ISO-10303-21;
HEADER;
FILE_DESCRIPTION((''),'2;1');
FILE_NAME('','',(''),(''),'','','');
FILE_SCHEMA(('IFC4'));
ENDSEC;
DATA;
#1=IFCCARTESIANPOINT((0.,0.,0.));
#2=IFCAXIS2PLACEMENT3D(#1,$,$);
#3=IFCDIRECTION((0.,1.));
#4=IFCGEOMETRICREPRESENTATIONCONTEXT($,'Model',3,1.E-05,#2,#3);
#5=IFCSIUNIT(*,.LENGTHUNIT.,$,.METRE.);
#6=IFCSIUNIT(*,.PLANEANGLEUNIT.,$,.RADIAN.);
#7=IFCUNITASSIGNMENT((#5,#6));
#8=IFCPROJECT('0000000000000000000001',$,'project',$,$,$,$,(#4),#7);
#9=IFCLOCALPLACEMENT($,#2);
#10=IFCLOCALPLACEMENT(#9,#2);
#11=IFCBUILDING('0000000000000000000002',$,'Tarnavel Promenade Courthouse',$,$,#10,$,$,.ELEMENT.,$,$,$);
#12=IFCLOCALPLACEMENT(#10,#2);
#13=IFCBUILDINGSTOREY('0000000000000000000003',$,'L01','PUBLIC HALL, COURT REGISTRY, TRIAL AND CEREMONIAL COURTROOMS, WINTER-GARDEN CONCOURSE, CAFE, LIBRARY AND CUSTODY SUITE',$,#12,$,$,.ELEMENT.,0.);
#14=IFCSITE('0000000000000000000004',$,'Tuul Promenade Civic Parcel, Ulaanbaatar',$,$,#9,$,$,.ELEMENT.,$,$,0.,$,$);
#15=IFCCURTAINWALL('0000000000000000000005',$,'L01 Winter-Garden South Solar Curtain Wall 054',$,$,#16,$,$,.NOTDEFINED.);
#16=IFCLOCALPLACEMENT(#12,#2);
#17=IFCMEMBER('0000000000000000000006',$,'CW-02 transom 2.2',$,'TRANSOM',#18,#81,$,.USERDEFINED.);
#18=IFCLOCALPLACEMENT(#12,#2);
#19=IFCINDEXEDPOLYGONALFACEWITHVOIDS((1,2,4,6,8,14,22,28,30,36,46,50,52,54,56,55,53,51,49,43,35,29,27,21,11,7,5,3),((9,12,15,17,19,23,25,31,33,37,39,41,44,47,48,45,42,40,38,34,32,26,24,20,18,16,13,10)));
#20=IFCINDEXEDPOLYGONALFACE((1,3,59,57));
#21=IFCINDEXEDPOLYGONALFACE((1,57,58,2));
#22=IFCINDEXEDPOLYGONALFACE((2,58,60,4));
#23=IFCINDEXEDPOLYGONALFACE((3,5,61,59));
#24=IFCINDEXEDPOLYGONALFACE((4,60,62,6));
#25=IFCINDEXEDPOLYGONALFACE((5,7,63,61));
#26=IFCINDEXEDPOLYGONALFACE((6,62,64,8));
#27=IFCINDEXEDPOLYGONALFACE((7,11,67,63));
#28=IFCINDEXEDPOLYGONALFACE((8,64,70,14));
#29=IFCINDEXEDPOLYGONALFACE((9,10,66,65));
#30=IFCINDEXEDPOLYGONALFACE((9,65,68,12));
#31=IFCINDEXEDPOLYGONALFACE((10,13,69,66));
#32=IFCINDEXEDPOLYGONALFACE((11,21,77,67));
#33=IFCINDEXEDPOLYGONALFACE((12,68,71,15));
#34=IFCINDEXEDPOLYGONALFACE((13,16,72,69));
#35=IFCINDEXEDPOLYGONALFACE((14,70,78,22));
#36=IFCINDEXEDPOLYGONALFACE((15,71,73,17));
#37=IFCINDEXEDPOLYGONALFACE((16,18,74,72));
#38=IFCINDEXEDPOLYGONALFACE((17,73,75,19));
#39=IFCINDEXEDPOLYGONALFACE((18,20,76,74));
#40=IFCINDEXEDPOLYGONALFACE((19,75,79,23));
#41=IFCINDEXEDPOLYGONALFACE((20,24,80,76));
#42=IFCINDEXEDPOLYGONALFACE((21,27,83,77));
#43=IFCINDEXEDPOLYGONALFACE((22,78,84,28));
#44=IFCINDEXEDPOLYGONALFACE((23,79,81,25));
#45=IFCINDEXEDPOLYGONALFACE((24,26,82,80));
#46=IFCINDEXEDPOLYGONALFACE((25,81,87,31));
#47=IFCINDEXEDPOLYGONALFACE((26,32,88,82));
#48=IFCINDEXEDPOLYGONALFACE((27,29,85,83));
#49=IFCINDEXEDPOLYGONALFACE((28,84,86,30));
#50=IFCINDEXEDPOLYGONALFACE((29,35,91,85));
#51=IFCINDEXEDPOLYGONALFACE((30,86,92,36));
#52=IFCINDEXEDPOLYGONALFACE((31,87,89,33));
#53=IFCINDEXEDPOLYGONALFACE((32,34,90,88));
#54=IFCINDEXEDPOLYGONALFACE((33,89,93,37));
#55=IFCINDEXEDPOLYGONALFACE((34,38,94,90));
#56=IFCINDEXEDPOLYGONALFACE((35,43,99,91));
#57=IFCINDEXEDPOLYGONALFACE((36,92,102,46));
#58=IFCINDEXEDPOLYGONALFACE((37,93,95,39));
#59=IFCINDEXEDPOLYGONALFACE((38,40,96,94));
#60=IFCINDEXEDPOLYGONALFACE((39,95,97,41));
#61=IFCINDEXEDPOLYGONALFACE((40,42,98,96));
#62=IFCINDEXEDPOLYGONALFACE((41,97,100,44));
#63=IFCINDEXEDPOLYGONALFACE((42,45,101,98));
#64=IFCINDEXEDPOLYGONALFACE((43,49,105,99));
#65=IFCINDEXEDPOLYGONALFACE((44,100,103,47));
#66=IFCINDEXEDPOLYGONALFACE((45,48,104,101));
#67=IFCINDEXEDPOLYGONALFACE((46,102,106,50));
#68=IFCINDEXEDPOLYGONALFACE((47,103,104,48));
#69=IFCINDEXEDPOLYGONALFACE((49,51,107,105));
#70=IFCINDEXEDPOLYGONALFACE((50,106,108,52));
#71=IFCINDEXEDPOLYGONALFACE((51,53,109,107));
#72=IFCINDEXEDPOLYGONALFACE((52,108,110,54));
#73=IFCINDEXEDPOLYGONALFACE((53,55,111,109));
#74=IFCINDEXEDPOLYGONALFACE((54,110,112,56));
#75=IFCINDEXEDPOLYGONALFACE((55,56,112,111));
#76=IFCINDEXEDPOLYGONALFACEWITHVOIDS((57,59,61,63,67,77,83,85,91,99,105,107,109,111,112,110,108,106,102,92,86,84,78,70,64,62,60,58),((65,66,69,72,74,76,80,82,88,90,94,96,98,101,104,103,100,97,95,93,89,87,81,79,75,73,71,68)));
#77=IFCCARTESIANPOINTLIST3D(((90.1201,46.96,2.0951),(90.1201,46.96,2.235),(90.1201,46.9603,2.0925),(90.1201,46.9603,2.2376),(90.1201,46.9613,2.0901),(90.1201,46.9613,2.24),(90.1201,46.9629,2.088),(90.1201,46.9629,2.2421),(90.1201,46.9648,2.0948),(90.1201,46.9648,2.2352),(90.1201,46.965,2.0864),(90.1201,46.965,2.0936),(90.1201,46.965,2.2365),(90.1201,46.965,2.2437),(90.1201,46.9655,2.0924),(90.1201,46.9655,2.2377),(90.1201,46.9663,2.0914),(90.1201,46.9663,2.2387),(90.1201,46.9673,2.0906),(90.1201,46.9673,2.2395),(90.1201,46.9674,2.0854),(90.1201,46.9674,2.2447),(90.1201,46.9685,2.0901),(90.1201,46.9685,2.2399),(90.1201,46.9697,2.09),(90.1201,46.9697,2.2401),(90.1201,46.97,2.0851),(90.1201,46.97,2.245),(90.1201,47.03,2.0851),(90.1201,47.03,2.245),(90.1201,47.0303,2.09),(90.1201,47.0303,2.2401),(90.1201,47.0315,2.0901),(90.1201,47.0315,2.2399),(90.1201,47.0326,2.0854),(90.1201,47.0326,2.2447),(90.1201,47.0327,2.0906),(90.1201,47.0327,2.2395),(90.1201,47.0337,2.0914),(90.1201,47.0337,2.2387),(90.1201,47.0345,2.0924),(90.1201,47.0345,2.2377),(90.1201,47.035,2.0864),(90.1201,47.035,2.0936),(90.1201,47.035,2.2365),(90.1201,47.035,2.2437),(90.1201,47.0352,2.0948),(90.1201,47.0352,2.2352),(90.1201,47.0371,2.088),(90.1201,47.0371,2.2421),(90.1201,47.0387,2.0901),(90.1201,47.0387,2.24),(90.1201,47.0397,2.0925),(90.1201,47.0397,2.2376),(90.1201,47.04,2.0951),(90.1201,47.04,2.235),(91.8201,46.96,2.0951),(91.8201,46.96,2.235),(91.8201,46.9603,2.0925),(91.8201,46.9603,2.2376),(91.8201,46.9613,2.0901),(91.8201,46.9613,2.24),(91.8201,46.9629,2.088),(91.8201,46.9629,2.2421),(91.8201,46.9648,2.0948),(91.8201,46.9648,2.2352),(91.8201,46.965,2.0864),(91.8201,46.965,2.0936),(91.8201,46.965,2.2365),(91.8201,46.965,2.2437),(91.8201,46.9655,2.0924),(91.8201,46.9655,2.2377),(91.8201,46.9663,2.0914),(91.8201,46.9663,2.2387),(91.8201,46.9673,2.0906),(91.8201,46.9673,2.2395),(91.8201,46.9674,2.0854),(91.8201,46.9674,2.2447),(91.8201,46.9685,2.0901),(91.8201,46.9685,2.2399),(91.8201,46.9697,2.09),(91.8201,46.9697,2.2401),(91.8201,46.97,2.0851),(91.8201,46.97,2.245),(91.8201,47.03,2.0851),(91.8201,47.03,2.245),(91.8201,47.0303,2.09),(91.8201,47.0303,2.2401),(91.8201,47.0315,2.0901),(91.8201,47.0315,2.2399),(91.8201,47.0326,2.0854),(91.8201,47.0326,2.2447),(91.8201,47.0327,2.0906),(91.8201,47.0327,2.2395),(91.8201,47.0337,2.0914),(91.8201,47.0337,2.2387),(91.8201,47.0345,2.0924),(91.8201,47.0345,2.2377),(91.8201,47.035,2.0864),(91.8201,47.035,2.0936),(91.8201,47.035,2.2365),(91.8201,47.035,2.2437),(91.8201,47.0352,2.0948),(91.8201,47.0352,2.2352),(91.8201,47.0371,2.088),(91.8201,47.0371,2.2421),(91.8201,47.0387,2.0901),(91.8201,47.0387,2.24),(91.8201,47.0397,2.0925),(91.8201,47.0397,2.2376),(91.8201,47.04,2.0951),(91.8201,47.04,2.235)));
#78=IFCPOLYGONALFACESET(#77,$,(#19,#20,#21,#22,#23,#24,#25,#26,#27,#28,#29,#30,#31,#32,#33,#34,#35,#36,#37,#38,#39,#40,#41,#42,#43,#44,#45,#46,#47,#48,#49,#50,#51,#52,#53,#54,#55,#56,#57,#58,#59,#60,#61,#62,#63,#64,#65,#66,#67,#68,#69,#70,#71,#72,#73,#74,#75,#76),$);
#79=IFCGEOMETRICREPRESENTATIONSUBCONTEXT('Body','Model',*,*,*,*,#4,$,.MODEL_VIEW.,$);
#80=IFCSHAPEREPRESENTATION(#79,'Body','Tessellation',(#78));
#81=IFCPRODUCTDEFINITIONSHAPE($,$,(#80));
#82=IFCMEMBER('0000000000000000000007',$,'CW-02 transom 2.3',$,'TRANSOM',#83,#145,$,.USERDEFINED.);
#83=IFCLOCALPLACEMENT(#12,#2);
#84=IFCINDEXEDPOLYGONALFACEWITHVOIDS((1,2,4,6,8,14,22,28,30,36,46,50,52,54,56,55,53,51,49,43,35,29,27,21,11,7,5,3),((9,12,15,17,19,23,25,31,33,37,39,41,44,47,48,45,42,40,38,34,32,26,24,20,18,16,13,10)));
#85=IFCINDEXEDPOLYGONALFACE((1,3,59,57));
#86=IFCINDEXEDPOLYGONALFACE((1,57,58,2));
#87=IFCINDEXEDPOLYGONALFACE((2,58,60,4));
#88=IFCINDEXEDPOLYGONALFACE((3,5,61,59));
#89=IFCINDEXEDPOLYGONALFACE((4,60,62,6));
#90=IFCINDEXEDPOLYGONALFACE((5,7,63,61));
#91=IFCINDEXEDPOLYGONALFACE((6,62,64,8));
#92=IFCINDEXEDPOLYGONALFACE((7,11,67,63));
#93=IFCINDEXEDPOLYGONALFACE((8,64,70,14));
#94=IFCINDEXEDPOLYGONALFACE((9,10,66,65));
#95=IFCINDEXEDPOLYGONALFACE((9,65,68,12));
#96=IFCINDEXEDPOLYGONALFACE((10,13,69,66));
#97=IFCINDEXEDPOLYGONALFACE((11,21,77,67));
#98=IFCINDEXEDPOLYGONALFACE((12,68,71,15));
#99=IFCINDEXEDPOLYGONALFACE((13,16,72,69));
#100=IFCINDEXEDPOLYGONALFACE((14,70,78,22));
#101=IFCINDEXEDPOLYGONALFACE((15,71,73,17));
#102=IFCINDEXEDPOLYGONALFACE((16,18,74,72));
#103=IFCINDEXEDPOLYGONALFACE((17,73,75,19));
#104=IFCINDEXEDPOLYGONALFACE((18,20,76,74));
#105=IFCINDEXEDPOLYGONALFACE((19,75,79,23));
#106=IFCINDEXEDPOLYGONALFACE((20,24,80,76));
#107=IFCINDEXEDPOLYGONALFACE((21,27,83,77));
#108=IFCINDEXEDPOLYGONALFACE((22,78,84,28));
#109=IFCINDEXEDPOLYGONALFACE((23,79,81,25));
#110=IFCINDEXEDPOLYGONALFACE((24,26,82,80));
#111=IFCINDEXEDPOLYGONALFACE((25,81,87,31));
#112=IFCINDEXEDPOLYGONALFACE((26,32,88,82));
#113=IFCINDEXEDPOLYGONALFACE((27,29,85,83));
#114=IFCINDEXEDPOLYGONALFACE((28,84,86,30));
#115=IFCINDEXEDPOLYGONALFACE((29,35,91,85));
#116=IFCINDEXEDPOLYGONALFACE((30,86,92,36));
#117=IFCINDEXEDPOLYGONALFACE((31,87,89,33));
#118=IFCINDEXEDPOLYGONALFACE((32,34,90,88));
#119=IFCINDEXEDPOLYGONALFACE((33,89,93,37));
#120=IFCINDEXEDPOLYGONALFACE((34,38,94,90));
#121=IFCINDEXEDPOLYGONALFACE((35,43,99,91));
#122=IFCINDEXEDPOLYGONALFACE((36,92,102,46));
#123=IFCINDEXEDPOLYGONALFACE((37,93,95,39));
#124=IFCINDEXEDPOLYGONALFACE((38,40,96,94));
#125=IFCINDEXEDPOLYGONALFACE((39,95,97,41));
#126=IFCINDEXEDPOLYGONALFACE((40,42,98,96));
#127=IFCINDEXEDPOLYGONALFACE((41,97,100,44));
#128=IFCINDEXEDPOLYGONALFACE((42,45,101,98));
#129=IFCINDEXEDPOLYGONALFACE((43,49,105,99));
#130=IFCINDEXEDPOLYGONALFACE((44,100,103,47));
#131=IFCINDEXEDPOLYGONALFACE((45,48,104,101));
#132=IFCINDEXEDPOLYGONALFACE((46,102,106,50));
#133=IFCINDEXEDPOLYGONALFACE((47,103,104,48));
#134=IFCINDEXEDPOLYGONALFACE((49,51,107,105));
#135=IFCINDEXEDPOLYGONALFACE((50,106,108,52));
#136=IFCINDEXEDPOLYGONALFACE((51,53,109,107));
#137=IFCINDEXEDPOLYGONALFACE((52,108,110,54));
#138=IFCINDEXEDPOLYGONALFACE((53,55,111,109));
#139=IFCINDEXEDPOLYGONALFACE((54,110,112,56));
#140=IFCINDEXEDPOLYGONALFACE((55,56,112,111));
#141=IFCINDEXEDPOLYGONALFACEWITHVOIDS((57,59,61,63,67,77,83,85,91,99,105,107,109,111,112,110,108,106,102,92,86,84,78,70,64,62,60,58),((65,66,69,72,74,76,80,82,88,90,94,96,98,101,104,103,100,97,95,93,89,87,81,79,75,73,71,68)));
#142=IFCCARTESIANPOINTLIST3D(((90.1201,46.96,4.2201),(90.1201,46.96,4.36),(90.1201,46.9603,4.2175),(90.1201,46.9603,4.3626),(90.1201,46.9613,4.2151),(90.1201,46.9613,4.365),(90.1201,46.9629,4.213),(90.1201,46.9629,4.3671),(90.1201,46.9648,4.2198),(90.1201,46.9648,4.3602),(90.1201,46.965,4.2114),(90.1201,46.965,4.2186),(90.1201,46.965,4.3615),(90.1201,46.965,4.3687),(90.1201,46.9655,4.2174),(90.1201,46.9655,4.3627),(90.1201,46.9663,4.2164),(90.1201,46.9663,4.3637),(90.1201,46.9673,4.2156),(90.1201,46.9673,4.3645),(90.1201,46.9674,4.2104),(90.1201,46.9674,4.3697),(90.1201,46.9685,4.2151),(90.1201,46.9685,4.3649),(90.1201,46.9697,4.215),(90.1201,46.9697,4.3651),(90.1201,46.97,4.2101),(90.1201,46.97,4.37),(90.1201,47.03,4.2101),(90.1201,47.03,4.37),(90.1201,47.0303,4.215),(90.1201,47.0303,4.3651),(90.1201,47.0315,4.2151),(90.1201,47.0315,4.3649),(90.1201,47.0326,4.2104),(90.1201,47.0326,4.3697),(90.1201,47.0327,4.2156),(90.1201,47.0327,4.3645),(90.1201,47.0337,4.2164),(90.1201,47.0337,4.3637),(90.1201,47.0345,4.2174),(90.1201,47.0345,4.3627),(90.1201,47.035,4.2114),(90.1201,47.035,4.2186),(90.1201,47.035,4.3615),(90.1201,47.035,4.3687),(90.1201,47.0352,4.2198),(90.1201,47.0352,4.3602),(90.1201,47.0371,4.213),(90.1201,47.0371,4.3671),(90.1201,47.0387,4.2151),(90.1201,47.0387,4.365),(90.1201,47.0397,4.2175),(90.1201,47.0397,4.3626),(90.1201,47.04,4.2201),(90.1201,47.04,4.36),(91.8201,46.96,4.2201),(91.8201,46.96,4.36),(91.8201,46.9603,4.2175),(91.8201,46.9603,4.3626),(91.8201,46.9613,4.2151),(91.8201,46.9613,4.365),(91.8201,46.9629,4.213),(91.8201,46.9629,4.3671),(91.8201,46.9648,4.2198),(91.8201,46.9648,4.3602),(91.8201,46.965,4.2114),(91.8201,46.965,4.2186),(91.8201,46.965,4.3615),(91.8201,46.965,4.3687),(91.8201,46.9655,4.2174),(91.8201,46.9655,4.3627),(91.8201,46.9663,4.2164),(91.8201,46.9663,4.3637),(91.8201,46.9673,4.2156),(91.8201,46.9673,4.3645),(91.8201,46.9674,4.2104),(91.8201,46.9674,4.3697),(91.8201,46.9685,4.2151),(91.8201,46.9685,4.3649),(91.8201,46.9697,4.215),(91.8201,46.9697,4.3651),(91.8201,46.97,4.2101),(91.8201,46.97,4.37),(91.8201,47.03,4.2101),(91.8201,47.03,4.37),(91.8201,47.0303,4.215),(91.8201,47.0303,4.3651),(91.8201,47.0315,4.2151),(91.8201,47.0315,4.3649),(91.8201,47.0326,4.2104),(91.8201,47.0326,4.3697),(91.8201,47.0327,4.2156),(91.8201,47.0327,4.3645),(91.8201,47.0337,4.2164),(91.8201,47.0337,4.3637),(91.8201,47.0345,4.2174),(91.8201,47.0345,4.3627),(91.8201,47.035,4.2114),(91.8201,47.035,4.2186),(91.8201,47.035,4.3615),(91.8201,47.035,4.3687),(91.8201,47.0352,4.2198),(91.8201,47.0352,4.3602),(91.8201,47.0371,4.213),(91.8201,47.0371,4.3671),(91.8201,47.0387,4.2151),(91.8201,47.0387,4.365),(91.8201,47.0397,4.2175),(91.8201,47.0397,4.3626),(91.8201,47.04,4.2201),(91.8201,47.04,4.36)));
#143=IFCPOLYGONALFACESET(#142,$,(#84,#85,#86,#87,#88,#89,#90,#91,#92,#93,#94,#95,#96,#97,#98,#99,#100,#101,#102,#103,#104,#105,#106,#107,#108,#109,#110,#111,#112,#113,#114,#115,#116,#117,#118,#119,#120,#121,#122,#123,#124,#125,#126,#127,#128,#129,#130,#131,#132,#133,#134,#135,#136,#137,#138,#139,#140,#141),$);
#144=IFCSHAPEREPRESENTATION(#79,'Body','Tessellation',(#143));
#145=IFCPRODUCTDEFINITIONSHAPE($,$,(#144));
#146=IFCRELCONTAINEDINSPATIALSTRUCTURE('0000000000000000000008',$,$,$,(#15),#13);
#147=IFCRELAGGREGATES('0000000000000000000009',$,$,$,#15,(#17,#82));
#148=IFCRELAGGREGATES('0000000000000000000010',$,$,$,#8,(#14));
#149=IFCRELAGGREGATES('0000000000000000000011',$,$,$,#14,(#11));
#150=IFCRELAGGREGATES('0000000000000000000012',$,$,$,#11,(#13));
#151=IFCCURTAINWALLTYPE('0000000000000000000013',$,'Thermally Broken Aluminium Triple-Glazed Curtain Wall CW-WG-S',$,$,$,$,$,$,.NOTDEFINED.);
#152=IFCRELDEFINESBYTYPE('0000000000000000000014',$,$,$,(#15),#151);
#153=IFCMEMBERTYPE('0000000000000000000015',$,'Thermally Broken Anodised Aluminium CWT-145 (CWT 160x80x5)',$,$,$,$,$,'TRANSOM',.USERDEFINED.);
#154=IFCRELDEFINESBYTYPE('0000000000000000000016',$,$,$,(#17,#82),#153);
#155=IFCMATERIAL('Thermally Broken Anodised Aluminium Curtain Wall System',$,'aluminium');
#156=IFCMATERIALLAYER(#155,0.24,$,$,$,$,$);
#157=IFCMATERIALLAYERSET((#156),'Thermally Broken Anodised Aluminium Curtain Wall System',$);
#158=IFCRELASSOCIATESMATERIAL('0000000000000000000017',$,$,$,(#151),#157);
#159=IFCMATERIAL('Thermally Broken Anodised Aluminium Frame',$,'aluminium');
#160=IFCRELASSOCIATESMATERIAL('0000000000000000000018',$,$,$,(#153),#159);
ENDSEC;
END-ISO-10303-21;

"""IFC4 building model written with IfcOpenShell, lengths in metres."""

from ifc_helpers import new_model, si_unit, direction, frame, origin, origin_2d, place, context, subcontext, project, spatial, hollow_rectangle, extrude, material, layer, layer_set, material_profile, profile_set, type_object, element, aggregate, save


model = new_model("IFC4")

# Units and contexts
model_context = context("Model", 3, precision=1e-05, world=origin(), true_north=direction((0.0, 1.0)))
body_context = subcontext(model_context, "Body", "Model", "MODEL_VIEW")
ifc_project = project(units=[si_unit("LENGTHUNIT", "METRE"), si_unit("PLANEANGLEUNIT", "RADIAN")], contexts=[model_context])

# Site, building, storey
site_placement = place(None, origin())
site = spatial("IfcSite", under=ifc_project, at=site_placement, Name="Tuul Promenade Civic Parcel, Ulaanbaatar", CompositionType="ELEMENT", RefElevation=0.0)
building_placement = place(site_placement, origin())
building = spatial("IfcBuilding", under=site, at=building_placement, Name="Tarnavel Promenade Courthouse", CompositionType="ELEMENT")
storey_placement = place(building_placement, origin())
storey = spatial("IfcBuildingStorey", under=building, at=storey_placement, Name="L01", Description="PUBLIC HALL, COURT REGISTRY, TRIAL AND CEREMONIAL COURTROOMS, WINTER-GARDEN CONCOURSE, CAFE, LIBRARY AND CUSTODY SUITE", CompositionType="ELEMENT", Elevation=0.0)

# Curtain wall
ifc_material_1 = material(Name="Thermally Broken Anodised Aluminium Curtain Wall System", Category="aluminium")
ifc_layer_1 = layer(ifc_material_1, 0.24)
ifc_layer_set_1 = layer_set([ifc_layer_1], Name="Thermally Broken Anodised Aluminium Curtain Wall System")
curtain_wall_type = type_object("IfcCurtainWallType", Name="Thermally Broken Aluminium Triple-Glazed Curtain Wall CW-WG-S", PredefinedType="NOTDEFINED", material=ifc_layer_set_1)
ifc_material_2 = material(Name="Thermally Broken Anodised Aluminium Frame", Category="aluminium")
curtain_wall_1_placement = place(storey_placement, origin())
curtain_wall_1 = element("IfcCurtainWall", 1, at=curtain_wall_1_placement, inside=storey, type_object=curtain_wall_type, Name="L01 Winter-Garden South Solar Curtain Wall 054", PredefinedType="NOTDEFINED")

# Members
ifc_material_profile_1 = material_profile(ifc_material_2, hollow_rectangle(XDim=0.0801, YDim=0.1599, WallThickness=0.0049, InnerFilletRadius=0.0049, OuterFilletRadius=0.01, at=origin_2d()), Name="CWT 160x80x5")
ifc_profile_set_1 = profile_set([ifc_material_profile_1], Name="Thermally Broken Anodised Aluminium Frame")
member_type_1 = type_object("IfcMemberType", Name="Thermally Broken Anodised Aluminium CWT-145 (CWT 160x80x5)", ElementType="TRANSOM", PredefinedType="USERDEFINED", material=ifc_profile_set_1)
member_1_placement = place(storey_placement, frame((90.1201, 47.0, 2.165), z_axis=(1.0, 0.0, 0.0), x_axis=(0.0, 1.0, 0.0)))
member_1 = element("IfcMember", 2, at=member_1_placement, type_object=member_type_1, Name="CW-02 transom 2.2", ObjectType="TRANSOM", PredefinedType="USERDEFINED", context=body_context, shape_type="SweptSolid", body=[
    extrude(hollow_rectangle(XDim=0.0801, YDim=0.1599, WallThickness=0.0049, InnerFilletRadius=0.0049, OuterFilletRadius=0.01, at=origin_2d()), origin(), (0.0, 0.0, 1.0), 1.7),
])
member_2_placement = place(storey_placement, frame((90.1201, 47.0, 4.29), z_axis=(1.0, 0.0, 0.0), x_axis=(0.0, 1.0, 0.0)))
member_2 = element("IfcMember", 3, at=member_2_placement, type_object=member_type_1, Name="CW-02 transom 2.3", ObjectType="TRANSOM", PredefinedType="USERDEFINED", context=body_context, shape_type="SweptSolid", body=[
    extrude(hollow_rectangle(XDim=0.0801, YDim=0.1599, WallThickness=0.0049, InnerFilletRadius=0.0049, OuterFilletRadius=0.01, at=origin_2d()), origin(), (0.0, 0.0, 1.0), 1.7),
])

aggregate(curtain_wall_1, [member_1, member_2])

save(model, "model.ifc")
